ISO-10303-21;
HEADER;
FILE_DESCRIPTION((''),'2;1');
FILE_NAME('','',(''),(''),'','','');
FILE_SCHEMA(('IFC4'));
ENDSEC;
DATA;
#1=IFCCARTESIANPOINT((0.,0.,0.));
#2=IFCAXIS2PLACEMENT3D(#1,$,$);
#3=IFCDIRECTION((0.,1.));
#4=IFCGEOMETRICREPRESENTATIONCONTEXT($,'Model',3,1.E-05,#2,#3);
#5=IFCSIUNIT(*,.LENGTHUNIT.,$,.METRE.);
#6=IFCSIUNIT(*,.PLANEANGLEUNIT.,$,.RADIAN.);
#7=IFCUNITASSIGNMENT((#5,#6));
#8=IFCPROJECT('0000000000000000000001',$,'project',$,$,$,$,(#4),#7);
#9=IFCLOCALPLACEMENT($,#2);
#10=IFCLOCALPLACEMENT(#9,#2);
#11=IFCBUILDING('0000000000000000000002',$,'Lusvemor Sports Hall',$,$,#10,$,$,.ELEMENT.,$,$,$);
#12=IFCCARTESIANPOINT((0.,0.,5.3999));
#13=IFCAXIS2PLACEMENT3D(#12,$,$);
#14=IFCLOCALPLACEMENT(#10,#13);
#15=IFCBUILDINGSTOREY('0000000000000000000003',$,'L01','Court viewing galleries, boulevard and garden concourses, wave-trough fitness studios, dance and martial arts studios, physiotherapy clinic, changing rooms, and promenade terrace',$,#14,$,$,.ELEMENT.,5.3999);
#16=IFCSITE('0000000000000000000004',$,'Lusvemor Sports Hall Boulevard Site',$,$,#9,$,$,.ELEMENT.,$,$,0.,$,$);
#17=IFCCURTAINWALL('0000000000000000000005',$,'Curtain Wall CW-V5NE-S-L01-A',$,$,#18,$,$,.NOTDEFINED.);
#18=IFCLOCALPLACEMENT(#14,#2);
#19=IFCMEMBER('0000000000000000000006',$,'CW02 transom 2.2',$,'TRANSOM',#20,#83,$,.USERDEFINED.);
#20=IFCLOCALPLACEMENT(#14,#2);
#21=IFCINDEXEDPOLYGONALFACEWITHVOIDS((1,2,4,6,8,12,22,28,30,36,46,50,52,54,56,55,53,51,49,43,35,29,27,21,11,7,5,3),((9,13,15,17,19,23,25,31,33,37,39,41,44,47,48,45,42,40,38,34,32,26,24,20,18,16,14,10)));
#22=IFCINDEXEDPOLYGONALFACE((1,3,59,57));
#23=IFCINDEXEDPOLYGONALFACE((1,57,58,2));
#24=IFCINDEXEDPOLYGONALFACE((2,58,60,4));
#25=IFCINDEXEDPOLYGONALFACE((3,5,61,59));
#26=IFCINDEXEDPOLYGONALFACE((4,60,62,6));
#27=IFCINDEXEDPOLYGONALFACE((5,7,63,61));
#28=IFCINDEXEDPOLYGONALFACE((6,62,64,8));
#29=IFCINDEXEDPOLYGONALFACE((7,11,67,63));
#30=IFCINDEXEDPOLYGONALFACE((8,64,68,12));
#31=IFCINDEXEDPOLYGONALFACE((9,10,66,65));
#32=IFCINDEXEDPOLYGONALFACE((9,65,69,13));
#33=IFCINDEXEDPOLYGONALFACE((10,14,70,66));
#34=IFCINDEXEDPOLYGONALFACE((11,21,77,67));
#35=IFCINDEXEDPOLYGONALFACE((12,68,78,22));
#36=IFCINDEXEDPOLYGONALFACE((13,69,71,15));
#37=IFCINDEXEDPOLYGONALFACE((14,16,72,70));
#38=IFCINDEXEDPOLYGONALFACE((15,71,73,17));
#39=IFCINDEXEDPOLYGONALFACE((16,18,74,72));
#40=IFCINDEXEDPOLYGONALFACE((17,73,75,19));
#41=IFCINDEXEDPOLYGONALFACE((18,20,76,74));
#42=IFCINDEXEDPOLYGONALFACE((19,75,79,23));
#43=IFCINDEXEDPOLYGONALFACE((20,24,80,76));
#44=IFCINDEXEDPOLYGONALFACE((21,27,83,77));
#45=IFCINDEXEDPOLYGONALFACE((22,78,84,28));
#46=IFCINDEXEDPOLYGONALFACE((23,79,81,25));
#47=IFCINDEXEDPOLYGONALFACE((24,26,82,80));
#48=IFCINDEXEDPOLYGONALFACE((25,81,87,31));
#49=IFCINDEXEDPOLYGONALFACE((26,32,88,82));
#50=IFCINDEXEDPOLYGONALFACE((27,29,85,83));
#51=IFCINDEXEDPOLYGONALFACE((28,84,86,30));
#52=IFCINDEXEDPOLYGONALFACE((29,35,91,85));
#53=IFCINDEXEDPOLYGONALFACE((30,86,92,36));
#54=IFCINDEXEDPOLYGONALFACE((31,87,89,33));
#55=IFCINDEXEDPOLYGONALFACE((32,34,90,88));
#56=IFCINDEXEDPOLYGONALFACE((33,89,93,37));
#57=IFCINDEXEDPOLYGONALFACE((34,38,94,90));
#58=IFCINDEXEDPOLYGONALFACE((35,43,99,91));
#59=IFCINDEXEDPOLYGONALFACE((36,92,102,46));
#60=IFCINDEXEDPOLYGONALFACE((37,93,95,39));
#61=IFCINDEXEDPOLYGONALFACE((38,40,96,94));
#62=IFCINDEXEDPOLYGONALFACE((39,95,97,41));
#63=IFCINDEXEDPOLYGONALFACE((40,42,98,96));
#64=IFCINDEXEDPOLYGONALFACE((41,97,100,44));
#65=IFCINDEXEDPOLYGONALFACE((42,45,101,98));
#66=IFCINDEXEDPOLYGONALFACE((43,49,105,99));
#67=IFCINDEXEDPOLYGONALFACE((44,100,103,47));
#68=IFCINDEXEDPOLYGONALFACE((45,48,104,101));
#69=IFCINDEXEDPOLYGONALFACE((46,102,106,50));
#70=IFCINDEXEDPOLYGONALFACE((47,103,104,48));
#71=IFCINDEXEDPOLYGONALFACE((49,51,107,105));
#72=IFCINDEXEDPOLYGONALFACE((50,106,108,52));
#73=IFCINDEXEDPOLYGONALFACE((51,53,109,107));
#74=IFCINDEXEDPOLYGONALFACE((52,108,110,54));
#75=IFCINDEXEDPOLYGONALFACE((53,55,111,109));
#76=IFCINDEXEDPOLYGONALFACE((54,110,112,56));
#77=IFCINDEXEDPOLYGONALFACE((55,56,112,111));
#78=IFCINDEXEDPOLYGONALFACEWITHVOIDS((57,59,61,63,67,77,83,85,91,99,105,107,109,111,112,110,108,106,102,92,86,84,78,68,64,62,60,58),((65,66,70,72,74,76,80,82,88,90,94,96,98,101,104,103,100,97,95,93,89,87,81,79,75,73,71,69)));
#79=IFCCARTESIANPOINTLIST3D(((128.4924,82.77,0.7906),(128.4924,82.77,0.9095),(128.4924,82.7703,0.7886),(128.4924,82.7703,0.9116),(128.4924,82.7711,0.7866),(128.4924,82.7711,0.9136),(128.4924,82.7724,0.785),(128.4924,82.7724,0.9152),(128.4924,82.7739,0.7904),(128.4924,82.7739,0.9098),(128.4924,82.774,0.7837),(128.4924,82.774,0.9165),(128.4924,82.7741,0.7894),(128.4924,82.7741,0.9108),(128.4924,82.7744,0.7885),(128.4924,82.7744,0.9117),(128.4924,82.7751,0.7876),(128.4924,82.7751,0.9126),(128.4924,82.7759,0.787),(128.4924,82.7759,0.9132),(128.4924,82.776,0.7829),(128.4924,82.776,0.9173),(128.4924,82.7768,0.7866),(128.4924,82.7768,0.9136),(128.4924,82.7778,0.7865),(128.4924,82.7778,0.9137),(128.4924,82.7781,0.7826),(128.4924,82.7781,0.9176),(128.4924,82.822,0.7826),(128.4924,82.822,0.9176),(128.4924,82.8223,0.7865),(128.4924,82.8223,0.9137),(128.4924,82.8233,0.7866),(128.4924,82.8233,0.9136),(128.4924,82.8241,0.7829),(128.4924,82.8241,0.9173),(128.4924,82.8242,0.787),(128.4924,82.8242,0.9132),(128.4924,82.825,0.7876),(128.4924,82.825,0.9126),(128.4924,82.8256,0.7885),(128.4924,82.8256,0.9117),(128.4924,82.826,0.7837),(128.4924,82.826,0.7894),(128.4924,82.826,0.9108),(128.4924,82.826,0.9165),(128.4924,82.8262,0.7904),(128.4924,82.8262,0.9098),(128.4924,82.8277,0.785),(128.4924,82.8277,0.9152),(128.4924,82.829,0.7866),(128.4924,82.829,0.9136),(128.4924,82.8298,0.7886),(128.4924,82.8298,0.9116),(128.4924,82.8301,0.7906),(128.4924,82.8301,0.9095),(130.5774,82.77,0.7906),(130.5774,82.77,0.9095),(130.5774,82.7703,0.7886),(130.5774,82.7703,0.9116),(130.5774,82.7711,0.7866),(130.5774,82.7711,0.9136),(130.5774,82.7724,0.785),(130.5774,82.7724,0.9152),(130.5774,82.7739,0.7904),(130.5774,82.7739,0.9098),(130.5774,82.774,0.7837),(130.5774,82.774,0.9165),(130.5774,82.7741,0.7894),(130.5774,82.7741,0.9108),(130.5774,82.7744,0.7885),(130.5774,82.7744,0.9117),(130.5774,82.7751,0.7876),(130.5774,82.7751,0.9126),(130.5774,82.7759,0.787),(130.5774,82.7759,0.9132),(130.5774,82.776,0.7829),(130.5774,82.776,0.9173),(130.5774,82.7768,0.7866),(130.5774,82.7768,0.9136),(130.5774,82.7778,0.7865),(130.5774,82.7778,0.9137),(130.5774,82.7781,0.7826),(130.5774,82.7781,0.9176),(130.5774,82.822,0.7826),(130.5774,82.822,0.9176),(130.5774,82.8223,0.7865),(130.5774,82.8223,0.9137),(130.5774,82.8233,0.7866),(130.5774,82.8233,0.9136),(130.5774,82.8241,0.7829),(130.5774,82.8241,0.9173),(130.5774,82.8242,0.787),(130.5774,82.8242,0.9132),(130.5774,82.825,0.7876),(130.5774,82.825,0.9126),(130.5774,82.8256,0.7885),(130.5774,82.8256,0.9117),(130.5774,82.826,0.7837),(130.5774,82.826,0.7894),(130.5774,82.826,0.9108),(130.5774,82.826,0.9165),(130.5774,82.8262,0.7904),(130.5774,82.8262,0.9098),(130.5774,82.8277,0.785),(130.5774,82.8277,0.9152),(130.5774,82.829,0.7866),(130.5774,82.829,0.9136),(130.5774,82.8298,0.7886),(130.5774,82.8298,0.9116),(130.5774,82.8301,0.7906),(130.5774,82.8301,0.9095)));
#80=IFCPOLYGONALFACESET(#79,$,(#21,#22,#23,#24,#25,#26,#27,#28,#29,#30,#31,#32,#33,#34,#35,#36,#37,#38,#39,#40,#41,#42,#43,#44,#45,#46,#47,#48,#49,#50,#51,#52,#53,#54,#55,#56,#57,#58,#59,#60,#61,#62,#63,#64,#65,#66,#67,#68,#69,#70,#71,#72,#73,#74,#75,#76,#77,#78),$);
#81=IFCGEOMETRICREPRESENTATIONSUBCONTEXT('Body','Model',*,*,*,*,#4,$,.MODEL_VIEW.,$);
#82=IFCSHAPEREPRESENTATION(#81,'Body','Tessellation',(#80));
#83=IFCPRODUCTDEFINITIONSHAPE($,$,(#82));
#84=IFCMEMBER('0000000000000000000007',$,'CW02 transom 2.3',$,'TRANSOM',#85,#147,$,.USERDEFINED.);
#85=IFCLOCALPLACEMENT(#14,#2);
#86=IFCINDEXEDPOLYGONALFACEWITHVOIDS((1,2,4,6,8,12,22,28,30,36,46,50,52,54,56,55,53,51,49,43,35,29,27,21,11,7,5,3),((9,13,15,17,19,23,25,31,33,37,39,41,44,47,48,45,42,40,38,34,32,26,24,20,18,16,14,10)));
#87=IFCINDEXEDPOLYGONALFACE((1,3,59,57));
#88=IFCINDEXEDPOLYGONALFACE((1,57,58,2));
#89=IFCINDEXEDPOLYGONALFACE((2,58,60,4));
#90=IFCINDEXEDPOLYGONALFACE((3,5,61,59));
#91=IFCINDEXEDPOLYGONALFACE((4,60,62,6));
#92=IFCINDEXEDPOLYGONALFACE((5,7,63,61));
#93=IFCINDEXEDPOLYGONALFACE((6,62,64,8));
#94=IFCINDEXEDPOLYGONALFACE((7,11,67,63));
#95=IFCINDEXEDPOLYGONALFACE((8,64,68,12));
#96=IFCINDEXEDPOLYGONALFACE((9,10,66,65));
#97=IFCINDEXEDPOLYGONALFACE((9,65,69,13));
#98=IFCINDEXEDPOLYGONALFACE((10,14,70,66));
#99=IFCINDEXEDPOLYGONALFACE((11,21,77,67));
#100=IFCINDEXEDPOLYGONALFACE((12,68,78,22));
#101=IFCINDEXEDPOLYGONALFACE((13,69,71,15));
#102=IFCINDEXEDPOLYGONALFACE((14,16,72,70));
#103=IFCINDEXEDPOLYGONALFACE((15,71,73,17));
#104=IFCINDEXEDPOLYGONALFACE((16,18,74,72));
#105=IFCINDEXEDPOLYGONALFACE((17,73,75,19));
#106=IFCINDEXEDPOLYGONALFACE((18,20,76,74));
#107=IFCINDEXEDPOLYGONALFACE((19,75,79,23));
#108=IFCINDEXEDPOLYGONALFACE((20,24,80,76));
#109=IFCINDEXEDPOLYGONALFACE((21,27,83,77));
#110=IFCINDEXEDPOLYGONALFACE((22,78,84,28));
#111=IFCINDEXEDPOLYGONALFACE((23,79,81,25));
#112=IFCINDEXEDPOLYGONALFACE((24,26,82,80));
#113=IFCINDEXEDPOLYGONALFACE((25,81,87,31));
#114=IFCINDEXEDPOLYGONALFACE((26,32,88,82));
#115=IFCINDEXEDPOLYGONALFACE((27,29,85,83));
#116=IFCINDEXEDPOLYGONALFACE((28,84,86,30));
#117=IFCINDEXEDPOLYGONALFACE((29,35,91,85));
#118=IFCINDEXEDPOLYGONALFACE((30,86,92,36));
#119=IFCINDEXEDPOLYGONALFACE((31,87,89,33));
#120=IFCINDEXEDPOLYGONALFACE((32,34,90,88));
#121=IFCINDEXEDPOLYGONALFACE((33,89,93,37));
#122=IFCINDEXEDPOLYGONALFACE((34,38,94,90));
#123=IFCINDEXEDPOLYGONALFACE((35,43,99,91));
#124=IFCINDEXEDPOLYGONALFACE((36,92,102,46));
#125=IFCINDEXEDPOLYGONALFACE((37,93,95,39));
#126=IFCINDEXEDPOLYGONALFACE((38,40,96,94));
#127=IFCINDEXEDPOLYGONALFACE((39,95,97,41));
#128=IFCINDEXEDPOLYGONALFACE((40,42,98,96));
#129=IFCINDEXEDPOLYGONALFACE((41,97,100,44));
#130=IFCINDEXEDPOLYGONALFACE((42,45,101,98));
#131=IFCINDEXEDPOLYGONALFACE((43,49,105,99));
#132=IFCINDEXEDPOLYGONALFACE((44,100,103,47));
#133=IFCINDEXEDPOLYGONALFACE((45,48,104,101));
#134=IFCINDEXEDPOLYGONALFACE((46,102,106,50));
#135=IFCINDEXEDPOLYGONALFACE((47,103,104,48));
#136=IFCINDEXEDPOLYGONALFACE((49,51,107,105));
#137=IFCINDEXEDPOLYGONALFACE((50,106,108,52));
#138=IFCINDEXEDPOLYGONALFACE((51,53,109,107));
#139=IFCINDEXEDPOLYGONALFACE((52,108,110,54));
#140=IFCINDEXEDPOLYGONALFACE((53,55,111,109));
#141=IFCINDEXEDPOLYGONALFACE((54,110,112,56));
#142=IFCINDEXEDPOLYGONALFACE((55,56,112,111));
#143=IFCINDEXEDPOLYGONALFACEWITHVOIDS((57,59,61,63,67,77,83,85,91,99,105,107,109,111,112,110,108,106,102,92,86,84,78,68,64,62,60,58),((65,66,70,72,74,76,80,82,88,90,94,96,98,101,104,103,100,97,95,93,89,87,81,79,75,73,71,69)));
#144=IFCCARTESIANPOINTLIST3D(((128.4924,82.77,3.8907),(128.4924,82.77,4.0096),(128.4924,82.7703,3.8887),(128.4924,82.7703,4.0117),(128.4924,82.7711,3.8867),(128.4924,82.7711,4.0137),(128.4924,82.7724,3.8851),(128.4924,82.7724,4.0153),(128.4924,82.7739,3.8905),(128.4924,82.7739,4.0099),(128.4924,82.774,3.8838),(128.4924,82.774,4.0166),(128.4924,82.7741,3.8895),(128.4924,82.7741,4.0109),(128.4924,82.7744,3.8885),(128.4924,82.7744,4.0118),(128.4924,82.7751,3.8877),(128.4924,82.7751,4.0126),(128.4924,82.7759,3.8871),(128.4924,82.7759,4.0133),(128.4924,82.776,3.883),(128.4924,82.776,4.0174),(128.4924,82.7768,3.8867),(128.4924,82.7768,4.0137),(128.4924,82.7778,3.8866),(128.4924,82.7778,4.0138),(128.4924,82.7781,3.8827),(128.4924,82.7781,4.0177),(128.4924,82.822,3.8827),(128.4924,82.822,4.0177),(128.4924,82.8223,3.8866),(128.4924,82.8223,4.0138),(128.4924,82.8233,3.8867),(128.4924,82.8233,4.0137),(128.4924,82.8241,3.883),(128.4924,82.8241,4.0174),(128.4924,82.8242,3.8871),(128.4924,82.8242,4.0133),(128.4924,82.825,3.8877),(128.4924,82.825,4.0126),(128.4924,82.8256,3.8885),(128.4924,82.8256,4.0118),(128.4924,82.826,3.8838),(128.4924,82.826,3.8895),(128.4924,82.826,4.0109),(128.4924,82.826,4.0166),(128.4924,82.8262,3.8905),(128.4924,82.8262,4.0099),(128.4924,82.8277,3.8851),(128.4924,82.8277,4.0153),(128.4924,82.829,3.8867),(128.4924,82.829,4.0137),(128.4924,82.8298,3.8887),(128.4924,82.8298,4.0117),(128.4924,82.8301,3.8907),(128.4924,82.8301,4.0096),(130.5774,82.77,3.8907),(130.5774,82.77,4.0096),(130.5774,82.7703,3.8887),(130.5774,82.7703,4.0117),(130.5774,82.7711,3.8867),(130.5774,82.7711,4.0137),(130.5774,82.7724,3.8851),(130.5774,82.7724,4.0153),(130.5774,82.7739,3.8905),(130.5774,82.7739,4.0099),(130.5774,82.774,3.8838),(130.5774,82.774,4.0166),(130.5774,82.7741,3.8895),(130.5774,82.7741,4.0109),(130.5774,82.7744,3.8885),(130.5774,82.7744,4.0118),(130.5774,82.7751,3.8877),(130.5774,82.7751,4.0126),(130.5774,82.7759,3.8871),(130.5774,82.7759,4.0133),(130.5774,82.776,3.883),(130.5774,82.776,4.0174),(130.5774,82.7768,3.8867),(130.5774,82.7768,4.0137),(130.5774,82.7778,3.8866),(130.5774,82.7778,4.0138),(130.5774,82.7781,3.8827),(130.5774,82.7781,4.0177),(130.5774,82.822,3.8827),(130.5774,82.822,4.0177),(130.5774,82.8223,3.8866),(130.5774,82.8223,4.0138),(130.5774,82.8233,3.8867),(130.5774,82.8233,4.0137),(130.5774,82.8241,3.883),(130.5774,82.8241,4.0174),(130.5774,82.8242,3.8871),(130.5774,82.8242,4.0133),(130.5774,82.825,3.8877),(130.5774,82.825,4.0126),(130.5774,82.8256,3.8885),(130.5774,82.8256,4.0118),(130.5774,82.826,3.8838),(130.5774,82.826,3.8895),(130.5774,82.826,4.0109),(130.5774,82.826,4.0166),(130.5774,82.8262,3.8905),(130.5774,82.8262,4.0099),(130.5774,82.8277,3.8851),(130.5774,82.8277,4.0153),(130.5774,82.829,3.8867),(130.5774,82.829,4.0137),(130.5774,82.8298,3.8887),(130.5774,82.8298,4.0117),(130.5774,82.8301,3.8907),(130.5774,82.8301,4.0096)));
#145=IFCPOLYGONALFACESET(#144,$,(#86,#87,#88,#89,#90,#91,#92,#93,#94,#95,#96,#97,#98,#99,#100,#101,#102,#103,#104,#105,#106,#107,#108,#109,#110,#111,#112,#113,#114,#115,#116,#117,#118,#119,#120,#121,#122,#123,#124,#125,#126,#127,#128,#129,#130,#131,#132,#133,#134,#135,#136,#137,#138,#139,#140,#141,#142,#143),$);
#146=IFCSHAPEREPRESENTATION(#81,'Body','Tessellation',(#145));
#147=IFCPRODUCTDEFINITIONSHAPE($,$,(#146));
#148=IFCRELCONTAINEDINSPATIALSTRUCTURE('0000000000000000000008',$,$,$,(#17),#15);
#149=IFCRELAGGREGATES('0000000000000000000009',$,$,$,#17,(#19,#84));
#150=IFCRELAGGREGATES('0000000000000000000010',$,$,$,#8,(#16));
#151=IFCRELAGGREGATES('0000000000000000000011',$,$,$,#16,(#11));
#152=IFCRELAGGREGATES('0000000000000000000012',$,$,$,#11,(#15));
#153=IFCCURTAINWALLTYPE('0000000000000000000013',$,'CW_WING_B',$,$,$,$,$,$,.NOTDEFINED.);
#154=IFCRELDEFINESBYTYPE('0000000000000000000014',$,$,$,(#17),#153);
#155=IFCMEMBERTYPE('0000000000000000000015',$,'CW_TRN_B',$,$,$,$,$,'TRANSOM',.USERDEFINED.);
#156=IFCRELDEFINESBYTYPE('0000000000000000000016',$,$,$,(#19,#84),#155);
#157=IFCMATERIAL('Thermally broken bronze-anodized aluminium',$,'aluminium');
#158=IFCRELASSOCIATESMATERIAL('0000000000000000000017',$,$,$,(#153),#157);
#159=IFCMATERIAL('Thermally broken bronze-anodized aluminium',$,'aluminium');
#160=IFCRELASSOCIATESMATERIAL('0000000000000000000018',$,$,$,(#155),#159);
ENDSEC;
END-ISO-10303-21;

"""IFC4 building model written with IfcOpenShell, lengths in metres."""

from ifc_helpers import new_model, si_unit, direction, frame, origin, origin_2d, place, context, subcontext, project, spatial, hollow_rectangle, extrude, material, material_profile, profile_set, type_object, element, aggregate, save


model = new_model("IFC4")

# Units and contexts
model_context = context("Model", 3, precision=1e-05, world=origin(), true_north=direction((0.0, 1.0)))
body_context = subcontext(model_context, "Body", "Model", "MODEL_VIEW")
ifc_project = project(units=[si_unit("LENGTHUNIT", "METRE"), si_unit("PLANEANGLEUNIT", "RADIAN")], contexts=[model_context])

# Site, building, storey
site_placement = place(None, origin())
site = spatial("IfcSite", under=ifc_project, at=site_placement, Name="Lusvemor Sports Hall Boulevard Site", CompositionType="ELEMENT", RefElevation=0.0)
building_placement = place(site_placement, origin())
building = spatial("IfcBuilding", under=site, at=building_placement, Name="Lusvemor Sports Hall", CompositionType="ELEMENT")
storey_placement = place(building_placement, frame((0.0, 0.0, 5.3999)))
storey = spatial("IfcBuildingStorey", under=building, at=storey_placement, Name="L01", Description="Court viewing galleries, boulevard and garden concourses, wave-trough fitness studios, dance and martial arts studios, physiotherapy clinic, changing rooms, and promenade terrace", CompositionType="ELEMENT", Elevation=5.3999)

# Shared definitions
ifc_material_1 = material(Name="Thermally broken bronze-anodized aluminium", Category="aluminium")
curtain_wall_type = type_object("IfcCurtainWallType", Name="CW_WING_B", PredefinedType="NOTDEFINED", material=ifc_material_1)

# Curtain wall
curtain_wall_1_placement = place(storey_placement, origin())
curtain_wall_1 = element("IfcCurtainWall", 1, at=curtain_wall_1_placement, inside=storey, type_object=curtain_wall_type, Name="Curtain Wall CW-V5NE-S-L01-A", PredefinedType="NOTDEFINED")

# Members
ifc_material_2 = material(Name="Thermally broken bronze-anodized aluminium", Category="aluminium")
ifc_material_profile_1 = material_profile(ifc_material_2, hollow_rectangle(XDim=0.0601, YDim=0.135, WallThickness=0.0039, InnerFilletRadius=0.0039, OuterFilletRadius=0.0081, at=origin_2d()), Name="CWTRN135x60x4")
ifc_profile_set_1 = profile_set([ifc_material_profile_1], Name="Thermally broken bronze-anodized aluminium")
member_type_1 = type_object("IfcMemberType", Name="CW_TRN_B", ElementType="TRANSOM", PredefinedType="USERDEFINED", material=ifc_profile_set_1)
member_1_placement = place(storey_placement, frame((130.5774, 82.8, 0.8501), z_axis=(-1.0, 0.0, 0.0), x_axis=(0.0, -1.0, 0.0)))
member_1 = element("IfcMember", 2, at=member_1_placement, type_object=member_type_1, Name="CW02 transom 2.2", ObjectType="TRANSOM", PredefinedType="USERDEFINED", context=body_context, shape_type="SweptSolid", body=[
    extrude(hollow_rectangle(XDim=0.0601, YDim=0.135, WallThickness=0.0039, InnerFilletRadius=0.0039, OuterFilletRadius=0.0081, at=origin_2d()), origin(), (0.0, 0.0, 1.0), 2.085),
])
member_2_placement = place(storey_placement, frame((130.5774, 82.8, 3.9502), z_axis=(-1.0, 0.0, 0.0), x_axis=(0.0, -1.0, 0.0)))
member_2 = element("IfcMember", 3, at=member_2_placement, type_object=member_type_1, Name="CW02 transom 2.3", ObjectType="TRANSOM", PredefinedType="USERDEFINED", context=body_context, shape_type="SweptSolid", body=[
    extrude(hollow_rectangle(XDim=0.0601, YDim=0.135, WallThickness=0.0039, InnerFilletRadius=0.0039, OuterFilletRadius=0.0081, at=origin_2d()), origin(), (0.0, 0.0, 1.0), 2.085),
])

aggregate(curtain_wall_1, [member_1, member_2])

save(model, "model.ifc")
